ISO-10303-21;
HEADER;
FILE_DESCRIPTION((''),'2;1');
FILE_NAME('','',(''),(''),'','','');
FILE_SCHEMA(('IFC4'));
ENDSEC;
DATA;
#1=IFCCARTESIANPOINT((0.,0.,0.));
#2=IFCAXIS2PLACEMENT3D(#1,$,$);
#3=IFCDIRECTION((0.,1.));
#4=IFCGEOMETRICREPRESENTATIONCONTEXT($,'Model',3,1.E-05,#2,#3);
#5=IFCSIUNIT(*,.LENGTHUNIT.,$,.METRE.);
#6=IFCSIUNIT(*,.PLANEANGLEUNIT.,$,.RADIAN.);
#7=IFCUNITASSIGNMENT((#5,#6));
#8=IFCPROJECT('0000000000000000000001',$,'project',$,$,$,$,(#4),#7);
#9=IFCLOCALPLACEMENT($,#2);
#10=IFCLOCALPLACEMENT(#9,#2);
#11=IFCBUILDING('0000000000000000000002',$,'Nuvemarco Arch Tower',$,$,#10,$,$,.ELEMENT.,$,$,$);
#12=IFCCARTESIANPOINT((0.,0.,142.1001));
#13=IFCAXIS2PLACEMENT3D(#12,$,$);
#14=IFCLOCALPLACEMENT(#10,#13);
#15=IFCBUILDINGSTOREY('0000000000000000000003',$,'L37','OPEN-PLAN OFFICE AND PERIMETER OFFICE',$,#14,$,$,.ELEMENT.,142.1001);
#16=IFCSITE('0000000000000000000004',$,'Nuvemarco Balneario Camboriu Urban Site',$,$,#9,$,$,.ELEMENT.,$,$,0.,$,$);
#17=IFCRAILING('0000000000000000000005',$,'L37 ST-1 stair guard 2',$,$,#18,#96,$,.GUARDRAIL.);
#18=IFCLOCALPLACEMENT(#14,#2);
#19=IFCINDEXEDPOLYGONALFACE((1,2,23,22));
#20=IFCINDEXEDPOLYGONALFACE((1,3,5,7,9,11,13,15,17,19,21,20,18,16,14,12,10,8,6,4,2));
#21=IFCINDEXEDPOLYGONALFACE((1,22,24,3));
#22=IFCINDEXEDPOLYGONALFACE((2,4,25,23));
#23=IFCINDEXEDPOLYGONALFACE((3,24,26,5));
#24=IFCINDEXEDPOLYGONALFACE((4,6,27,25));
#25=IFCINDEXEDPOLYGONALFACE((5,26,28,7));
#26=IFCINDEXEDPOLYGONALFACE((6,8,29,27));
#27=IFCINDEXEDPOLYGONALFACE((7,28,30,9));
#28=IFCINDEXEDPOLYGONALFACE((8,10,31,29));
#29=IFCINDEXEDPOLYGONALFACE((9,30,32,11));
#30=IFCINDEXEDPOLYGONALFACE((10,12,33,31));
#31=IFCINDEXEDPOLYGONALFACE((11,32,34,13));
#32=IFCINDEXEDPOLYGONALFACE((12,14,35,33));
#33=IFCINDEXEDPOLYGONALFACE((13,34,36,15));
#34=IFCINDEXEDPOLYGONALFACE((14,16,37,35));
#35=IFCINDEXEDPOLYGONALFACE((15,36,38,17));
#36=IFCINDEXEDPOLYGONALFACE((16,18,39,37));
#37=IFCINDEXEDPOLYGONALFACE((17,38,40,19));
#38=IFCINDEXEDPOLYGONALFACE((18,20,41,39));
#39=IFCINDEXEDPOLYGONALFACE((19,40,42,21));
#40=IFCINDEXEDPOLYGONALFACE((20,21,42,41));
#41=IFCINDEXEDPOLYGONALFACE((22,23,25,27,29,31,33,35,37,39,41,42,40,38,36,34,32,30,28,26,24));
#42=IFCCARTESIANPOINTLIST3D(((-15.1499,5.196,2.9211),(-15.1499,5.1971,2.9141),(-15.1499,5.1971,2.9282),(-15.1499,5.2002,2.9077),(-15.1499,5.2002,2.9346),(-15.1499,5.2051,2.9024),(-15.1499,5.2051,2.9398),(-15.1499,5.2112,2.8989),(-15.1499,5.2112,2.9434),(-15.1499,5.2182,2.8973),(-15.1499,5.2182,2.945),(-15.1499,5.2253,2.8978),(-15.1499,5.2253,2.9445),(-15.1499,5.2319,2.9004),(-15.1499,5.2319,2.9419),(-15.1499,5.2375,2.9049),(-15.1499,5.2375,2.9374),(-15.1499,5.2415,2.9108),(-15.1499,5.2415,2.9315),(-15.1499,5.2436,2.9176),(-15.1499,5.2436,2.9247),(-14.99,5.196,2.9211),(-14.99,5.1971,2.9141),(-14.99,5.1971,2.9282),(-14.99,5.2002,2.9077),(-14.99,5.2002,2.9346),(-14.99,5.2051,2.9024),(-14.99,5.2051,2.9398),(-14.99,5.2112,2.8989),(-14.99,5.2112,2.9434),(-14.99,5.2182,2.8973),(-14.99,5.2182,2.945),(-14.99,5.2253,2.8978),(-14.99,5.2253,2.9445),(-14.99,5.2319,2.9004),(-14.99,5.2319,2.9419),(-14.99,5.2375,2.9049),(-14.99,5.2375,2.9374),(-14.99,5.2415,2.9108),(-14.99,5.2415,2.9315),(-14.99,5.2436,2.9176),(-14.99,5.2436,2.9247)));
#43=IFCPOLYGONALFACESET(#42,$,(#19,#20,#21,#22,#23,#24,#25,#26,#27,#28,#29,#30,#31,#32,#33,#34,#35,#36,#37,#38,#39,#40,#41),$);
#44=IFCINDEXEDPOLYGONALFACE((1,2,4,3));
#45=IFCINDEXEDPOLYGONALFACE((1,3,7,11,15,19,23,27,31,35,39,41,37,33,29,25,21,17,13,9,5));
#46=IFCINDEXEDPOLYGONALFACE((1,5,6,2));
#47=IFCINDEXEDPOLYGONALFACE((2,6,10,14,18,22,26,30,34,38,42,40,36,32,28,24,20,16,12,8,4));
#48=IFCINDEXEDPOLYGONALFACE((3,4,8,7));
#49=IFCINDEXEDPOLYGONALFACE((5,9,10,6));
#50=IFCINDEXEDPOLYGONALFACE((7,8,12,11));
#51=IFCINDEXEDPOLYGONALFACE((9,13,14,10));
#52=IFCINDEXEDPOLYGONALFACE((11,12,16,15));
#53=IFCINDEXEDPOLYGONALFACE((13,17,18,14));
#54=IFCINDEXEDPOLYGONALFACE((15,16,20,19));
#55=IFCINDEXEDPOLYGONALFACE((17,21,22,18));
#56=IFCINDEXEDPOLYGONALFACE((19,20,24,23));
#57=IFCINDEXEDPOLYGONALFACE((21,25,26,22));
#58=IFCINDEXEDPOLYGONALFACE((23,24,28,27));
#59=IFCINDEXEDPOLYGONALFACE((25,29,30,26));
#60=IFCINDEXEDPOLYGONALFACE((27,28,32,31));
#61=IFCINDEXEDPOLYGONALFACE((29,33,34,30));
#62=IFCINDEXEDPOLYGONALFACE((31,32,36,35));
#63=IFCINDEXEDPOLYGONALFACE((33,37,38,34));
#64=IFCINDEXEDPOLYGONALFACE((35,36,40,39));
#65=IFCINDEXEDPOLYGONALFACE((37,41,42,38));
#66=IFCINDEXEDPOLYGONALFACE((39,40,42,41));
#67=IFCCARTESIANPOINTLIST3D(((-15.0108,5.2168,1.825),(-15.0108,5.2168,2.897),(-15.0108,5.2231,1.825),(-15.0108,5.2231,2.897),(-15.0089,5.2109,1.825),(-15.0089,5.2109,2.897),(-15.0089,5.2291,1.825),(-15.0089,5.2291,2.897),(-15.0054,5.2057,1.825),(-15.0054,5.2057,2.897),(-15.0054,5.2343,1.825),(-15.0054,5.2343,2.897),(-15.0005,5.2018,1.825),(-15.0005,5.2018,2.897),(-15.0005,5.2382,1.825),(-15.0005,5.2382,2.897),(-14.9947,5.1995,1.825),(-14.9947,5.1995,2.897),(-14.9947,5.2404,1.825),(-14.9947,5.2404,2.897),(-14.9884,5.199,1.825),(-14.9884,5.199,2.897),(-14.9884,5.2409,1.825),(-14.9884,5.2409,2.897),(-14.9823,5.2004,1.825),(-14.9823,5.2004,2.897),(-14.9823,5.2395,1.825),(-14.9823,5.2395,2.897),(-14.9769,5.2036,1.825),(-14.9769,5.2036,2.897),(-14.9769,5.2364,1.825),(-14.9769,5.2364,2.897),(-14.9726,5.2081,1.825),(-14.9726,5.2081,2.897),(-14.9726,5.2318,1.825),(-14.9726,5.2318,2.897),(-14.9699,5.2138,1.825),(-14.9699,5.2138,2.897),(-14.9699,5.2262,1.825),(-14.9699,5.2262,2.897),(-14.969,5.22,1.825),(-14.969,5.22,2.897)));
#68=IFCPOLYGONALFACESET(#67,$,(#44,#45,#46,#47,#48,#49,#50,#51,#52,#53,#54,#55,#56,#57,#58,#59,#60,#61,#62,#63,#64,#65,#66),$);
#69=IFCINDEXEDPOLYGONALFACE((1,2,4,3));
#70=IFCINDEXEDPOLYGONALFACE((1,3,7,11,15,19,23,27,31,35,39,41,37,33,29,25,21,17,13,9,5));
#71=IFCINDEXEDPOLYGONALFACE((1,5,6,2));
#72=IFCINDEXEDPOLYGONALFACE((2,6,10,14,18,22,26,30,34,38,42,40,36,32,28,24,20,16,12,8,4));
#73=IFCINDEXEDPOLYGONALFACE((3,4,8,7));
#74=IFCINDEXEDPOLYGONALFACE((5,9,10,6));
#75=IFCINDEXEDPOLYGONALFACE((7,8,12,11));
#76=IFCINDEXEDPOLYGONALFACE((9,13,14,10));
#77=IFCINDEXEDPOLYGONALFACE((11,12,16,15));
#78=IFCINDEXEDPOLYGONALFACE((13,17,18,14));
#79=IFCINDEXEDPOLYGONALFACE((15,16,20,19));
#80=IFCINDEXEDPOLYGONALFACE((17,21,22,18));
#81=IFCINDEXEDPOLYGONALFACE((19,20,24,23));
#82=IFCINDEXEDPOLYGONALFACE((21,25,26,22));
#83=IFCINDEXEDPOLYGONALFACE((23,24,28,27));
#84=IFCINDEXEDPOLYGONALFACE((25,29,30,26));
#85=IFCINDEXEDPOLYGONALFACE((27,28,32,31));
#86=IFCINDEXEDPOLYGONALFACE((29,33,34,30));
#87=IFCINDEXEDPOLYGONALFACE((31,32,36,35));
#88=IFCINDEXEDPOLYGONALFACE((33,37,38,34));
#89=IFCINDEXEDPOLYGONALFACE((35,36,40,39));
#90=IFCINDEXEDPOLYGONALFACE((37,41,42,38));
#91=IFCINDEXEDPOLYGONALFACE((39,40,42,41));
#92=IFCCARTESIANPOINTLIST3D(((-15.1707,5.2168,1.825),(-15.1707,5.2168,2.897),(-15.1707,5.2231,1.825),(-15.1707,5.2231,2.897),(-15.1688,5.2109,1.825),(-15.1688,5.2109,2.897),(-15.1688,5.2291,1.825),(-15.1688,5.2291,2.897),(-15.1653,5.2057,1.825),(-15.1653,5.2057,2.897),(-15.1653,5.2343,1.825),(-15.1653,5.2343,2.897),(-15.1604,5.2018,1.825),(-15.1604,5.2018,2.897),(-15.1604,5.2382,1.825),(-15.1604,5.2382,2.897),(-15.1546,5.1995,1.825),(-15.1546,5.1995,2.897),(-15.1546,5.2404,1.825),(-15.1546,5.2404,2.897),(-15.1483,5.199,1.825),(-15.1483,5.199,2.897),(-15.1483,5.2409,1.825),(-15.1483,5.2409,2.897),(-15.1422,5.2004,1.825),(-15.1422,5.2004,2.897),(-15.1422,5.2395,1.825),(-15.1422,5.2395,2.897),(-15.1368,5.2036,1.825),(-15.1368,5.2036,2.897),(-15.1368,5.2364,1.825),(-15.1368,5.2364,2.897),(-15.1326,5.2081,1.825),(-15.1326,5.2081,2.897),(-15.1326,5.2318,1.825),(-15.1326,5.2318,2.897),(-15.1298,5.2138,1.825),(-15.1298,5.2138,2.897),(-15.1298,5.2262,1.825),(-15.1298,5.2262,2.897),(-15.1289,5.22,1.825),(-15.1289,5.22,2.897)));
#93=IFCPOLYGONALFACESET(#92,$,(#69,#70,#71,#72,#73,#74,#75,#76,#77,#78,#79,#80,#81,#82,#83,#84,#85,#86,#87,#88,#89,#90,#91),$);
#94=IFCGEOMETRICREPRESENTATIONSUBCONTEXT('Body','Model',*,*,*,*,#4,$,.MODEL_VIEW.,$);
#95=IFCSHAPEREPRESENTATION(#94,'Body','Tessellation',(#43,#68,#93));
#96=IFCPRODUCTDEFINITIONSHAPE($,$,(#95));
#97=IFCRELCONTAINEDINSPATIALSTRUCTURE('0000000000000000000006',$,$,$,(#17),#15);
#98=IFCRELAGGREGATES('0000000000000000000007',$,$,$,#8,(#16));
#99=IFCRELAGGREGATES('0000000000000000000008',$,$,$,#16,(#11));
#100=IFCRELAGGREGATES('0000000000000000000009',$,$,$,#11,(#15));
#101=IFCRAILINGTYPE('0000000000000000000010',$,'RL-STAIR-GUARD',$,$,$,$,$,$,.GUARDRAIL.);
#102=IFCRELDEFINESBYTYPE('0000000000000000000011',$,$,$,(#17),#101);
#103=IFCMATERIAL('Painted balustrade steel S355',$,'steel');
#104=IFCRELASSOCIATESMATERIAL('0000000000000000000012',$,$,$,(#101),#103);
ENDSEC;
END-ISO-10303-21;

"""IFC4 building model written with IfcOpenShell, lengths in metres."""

from ifc_helpers import new_model, si_unit, direction, frame, origin, origin_2d, place, context, subcontext, project, spatial, circle, extrude, material, type_object, element, save


model = new_model("IFC4")

# Units and contexts
model_context = context("Model", 3, precision=1e-05, world=origin(), true_north=direction((0.0, 1.0)))
body_context = subcontext(model_context, "Body", "Model", "MODEL_VIEW")
ifc_project = project(units=[si_unit("LENGTHUNIT", "METRE"), si_unit("PLANEANGLEUNIT", "RADIAN")], contexts=[model_context])

# Site, building, storey
site_placement = place(None, origin())
site = spatial("IfcSite", under=ifc_project, at=site_placement, Name="Nuvemarco Balneario Camboriu Urban Site", CompositionType="ELEMENT", RefElevation=0.0)
building_placement = place(site_placement, origin())
building = spatial("IfcBuilding", under=site, at=building_placement, Name="Nuvemarco Arch Tower", CompositionType="ELEMENT")
storey_placement = place(building_placement, frame((0.0, 0.0, 142.1001)))
storey = spatial("IfcBuildingStorey", under=building, at=storey_placement, Name="L37", Description="OPEN-PLAN OFFICE AND PERIMETER OFFICE", CompositionType="ELEMENT", Elevation=142.1001)

# Railing
ifc_material_1 = material(Name="Painted balustrade steel S355", Category="steel")
railing_type_1 = type_object("IfcRailingType", Name="RL-STAIR-GUARD", PredefinedType="GUARDRAIL", material=ifc_material_1)
railing_1_placement = place(storey_placement, frame((-14.99, 5.22, 1.825)))
element("IfcRailing", 1, at=railing_1_placement, inside=storey, type_object=railing_type_1, Name="L37 ST-1 stair guard 2", PredefinedType="GUARDRAIL", context=body_context, shape_type="SweptSolid", body=[
    extrude(circle(Radius=0.0239, at=origin_2d()), frame((0.0, 0.0, 1.0962), z_axis=(-1.0, 0.0, 0.0), x_axis=(0.0, -1.0, 0.0)), (0.0, 0.0, 1.0), 0.1599),
    extrude(circle(Radius=0.021, at=origin_2d()), origin(), (0.0, 0.0, 1.0), 1.072),
    extrude(circle(Radius=0.021, at=origin_2d()), frame((-0.1599, 0.0, 0.0)), (0.0, 0.0, 1.0), 1.072),
])

save(model, "model.ifc")
